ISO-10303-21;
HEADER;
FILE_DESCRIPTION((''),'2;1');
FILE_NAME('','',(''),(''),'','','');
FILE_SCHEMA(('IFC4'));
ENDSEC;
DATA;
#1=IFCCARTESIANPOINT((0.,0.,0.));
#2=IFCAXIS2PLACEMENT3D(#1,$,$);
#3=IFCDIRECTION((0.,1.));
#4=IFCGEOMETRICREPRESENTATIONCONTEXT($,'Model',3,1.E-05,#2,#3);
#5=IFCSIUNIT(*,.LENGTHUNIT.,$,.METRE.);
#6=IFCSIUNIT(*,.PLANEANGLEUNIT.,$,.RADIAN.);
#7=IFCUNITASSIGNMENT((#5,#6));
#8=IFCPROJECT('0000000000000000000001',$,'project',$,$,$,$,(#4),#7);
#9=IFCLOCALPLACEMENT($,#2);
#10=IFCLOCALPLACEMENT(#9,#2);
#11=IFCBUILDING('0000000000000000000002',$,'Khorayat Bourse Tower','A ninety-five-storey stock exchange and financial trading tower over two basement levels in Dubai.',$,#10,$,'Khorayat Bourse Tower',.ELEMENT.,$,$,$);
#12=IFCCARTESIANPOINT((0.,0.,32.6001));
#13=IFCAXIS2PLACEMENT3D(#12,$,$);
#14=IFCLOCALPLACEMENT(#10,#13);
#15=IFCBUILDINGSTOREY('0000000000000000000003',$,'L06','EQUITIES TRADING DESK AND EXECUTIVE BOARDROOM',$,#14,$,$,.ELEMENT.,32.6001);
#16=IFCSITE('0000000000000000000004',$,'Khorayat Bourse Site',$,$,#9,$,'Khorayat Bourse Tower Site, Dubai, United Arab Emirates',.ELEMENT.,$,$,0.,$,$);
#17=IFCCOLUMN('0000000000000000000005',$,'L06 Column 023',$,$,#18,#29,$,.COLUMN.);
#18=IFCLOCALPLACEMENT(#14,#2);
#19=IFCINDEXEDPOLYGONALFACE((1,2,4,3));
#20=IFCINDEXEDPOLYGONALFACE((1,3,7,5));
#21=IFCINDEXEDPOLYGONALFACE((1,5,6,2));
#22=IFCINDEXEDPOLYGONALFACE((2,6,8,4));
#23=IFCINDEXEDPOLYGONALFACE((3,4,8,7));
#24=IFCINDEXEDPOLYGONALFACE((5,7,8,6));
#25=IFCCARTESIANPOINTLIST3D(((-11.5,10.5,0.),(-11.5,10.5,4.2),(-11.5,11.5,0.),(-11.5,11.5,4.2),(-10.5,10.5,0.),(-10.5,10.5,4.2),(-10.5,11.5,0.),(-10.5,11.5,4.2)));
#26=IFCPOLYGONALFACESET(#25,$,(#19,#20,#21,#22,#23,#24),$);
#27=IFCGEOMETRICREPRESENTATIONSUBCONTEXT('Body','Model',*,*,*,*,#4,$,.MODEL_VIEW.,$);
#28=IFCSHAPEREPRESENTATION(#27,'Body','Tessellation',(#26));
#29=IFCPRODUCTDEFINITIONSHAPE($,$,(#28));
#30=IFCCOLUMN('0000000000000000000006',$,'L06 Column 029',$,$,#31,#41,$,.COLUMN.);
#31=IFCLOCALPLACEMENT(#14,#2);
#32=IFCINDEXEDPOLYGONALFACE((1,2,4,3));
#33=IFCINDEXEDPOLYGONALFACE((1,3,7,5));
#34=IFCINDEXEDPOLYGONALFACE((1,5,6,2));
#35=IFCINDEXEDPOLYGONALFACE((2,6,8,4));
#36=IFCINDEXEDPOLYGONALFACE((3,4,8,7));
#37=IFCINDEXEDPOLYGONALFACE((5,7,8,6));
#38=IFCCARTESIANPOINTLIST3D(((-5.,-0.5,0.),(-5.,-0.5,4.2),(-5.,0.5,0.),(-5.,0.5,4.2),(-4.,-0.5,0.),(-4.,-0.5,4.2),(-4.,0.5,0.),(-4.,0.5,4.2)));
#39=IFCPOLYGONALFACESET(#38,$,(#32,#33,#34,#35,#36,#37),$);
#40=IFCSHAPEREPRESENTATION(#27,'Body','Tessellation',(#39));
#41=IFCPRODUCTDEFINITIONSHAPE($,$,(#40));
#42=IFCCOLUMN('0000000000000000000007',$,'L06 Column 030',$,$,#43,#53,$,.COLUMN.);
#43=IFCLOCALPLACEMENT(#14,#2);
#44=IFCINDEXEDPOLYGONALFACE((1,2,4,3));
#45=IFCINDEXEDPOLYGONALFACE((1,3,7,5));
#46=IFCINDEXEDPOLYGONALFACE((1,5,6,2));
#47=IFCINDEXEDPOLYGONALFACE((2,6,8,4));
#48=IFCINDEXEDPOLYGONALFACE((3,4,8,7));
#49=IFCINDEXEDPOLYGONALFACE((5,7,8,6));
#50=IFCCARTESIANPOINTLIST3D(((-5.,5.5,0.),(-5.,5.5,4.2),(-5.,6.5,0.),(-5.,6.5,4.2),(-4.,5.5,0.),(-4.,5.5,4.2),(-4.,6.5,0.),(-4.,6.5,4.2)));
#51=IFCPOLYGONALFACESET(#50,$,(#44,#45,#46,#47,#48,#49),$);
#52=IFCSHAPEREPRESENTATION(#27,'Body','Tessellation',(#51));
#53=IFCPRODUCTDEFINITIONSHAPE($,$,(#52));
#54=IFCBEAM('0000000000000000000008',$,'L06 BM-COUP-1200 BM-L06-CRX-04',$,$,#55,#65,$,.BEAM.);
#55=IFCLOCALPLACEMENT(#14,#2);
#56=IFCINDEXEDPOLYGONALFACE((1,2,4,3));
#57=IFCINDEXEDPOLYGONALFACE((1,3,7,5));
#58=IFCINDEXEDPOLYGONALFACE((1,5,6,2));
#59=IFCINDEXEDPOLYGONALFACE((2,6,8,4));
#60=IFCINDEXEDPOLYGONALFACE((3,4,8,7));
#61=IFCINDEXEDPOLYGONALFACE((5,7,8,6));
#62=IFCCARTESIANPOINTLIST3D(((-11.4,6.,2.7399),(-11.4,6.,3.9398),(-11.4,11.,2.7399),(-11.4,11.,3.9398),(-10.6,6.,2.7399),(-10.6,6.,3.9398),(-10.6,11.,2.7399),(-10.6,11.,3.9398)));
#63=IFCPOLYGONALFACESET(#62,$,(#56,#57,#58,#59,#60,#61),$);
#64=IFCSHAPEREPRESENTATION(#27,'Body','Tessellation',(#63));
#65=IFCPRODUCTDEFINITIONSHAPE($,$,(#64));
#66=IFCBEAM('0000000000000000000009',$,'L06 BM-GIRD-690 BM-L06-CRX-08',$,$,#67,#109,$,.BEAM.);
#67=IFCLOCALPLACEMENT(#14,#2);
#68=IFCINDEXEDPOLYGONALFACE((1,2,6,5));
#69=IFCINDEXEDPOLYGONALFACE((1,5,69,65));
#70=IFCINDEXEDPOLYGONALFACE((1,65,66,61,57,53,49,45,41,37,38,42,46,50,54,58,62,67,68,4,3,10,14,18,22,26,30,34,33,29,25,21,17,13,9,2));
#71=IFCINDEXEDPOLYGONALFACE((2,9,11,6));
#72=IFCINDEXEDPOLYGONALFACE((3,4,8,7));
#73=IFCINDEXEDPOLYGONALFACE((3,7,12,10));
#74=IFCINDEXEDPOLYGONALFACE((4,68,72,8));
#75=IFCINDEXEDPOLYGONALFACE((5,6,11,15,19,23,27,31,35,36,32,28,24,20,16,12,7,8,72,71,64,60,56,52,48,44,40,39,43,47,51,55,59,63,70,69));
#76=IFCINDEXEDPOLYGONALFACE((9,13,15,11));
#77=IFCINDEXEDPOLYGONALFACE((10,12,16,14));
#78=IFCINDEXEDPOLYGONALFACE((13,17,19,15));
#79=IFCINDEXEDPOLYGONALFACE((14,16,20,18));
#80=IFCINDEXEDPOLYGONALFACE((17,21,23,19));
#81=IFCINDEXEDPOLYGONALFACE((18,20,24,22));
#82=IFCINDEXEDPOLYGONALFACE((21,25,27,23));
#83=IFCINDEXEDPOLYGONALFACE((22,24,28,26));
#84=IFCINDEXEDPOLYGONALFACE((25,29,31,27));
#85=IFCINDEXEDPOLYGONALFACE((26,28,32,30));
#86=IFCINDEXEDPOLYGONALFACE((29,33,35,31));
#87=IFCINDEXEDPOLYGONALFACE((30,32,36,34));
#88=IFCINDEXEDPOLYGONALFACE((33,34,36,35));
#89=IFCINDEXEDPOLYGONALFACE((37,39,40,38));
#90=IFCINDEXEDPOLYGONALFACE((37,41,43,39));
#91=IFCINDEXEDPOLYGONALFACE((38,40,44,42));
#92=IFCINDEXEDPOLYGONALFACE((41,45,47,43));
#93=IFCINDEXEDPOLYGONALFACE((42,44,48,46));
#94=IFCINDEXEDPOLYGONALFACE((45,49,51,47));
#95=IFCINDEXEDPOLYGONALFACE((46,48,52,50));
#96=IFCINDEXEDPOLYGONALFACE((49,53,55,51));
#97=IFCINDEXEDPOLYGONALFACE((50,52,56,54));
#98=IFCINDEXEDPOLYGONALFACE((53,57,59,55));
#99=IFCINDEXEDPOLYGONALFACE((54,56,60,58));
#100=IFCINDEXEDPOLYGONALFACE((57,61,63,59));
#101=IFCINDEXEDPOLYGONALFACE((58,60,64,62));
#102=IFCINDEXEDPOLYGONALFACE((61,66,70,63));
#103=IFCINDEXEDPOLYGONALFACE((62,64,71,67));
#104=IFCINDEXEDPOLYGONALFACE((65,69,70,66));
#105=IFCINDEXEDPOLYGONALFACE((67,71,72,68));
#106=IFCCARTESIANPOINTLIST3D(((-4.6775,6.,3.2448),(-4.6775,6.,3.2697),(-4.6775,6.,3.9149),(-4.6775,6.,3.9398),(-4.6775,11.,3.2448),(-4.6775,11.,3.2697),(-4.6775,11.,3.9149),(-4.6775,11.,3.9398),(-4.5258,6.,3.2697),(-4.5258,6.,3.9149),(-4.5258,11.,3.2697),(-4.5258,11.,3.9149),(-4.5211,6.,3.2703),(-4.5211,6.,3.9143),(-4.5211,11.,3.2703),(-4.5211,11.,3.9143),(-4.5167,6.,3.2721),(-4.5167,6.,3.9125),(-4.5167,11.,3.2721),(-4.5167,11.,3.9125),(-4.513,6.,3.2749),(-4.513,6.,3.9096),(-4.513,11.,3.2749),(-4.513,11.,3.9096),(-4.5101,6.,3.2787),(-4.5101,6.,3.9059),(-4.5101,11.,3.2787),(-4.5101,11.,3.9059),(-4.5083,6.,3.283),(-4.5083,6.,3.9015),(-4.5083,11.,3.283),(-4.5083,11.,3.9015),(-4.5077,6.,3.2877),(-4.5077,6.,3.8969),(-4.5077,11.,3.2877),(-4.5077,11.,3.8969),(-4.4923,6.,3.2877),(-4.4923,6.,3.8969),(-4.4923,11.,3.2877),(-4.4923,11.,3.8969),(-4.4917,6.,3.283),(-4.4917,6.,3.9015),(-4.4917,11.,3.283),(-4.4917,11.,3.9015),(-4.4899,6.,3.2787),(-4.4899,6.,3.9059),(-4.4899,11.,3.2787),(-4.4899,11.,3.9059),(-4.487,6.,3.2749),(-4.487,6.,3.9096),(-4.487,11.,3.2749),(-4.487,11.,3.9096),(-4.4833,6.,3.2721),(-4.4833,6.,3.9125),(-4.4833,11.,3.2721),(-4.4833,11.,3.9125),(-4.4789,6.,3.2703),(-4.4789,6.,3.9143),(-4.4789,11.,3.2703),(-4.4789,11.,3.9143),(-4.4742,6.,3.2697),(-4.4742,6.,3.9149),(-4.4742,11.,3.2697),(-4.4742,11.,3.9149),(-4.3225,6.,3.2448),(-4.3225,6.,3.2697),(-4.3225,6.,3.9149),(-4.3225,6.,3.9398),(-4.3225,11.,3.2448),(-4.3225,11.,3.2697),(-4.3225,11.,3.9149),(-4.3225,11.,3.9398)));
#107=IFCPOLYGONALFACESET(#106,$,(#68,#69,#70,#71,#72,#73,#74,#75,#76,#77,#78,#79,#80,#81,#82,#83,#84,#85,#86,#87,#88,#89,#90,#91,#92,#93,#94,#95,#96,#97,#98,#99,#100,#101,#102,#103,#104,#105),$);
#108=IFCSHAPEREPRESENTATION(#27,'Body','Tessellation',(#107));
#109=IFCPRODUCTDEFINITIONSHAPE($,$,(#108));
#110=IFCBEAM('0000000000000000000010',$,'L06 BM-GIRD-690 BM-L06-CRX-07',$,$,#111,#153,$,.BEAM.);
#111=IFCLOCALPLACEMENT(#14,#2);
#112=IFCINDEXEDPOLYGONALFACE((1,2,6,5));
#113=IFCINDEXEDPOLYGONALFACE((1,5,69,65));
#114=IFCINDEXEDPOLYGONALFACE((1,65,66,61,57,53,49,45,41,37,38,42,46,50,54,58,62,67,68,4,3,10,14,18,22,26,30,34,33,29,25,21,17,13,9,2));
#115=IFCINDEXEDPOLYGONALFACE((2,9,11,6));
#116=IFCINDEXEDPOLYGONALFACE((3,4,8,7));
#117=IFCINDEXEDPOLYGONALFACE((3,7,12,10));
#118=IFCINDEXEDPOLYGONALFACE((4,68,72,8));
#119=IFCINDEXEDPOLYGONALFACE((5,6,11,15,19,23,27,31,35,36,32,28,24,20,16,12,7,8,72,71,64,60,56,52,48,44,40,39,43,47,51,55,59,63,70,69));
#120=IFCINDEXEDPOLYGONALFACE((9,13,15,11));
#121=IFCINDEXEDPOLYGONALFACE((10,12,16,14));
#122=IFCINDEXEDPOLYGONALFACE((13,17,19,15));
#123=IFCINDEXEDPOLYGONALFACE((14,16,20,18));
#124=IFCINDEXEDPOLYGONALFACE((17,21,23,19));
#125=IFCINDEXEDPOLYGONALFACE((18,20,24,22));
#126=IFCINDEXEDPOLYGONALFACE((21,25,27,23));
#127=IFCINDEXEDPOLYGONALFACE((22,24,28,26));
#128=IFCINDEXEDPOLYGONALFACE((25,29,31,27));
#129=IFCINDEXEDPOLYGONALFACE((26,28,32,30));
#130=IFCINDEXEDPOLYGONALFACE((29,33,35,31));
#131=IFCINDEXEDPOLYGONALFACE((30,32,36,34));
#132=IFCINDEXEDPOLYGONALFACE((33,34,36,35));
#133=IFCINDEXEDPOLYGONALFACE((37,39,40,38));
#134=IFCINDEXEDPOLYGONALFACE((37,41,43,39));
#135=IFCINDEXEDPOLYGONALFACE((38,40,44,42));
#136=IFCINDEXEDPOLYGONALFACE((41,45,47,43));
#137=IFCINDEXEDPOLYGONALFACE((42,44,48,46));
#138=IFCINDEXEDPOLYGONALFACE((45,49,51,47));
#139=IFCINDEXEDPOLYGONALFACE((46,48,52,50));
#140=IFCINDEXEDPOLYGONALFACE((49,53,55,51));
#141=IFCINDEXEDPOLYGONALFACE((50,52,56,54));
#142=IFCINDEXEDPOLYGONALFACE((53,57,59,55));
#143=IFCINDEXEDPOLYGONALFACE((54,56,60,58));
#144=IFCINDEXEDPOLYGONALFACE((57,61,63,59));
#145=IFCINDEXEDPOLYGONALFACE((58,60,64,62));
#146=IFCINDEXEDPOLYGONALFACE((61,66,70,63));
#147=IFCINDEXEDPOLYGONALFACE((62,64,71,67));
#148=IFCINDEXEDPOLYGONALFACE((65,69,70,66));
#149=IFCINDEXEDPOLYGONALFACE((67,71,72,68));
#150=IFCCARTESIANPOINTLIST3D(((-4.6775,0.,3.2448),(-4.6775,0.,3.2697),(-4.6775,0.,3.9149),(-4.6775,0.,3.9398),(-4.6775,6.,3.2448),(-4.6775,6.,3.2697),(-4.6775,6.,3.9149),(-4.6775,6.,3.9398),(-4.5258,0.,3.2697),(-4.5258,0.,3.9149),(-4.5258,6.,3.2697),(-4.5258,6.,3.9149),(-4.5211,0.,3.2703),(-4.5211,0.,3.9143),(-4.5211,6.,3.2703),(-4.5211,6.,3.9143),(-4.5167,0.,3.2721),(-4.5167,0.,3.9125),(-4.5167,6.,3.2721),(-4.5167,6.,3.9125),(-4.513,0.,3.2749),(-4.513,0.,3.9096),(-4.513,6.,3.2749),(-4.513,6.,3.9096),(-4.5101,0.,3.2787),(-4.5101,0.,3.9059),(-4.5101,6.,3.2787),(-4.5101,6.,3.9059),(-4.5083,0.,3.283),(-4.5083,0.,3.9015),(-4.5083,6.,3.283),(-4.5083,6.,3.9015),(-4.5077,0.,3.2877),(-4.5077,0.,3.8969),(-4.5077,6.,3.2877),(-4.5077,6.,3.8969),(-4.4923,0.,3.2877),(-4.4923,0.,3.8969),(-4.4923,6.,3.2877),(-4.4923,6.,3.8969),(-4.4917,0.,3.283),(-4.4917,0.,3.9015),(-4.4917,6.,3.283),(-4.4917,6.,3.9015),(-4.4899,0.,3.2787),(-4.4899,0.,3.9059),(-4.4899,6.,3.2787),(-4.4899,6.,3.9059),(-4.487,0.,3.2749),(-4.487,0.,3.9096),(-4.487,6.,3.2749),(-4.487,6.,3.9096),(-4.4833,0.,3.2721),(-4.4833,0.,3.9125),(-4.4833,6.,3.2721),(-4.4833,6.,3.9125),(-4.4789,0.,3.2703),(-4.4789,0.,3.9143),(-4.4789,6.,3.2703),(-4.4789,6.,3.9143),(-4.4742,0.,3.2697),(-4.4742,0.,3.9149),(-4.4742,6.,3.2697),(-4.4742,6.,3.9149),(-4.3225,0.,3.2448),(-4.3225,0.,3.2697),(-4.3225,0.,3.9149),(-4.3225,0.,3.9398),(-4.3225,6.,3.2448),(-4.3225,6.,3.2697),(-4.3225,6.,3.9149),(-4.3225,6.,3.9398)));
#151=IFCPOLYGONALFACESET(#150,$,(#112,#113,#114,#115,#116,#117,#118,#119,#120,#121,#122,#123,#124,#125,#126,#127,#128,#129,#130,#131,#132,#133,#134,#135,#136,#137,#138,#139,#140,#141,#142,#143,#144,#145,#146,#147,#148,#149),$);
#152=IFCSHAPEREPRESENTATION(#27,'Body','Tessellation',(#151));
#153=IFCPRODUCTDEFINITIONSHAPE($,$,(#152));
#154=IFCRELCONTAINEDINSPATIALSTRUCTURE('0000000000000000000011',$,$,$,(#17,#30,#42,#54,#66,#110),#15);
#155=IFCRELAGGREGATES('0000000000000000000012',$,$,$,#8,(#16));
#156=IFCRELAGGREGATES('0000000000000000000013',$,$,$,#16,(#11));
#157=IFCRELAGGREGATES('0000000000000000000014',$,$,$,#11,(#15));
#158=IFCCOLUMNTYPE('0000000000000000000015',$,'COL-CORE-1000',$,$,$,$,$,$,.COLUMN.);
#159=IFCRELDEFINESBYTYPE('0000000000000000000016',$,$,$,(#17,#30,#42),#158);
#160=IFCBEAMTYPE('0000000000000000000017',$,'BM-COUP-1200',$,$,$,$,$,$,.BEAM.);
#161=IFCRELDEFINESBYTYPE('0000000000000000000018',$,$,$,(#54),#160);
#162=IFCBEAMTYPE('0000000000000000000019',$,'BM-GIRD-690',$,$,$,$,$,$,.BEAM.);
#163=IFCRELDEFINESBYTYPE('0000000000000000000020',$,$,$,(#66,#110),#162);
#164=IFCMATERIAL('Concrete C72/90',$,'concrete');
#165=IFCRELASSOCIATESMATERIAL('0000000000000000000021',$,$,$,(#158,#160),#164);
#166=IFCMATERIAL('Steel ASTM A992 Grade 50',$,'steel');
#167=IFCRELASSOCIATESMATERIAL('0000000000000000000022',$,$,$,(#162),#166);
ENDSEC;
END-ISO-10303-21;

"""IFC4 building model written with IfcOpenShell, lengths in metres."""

from ifc_helpers import new_model, si_unit, direction, frame, origin, origin_2d, place, context, subcontext, project, spatial, rectangle, i_section, extrude, source, transform, mapped, material, material_profile, profile_set, type_object, element, save


model = new_model("IFC4")

# Units and contexts
model_context = context("Model", 3, precision=1e-05, world=origin(), true_north=direction((0.0, 1.0)))
body_context = subcontext(model_context, "Body", "Model", "MODEL_VIEW")
ifc_project = project(units=[si_unit("LENGTHUNIT", "METRE"), si_unit("PLANEANGLEUNIT", "RADIAN")], contexts=[model_context])

# Site, building, storey
site_placement = place(None, origin())
site = spatial("IfcSite", under=ifc_project, at=site_placement, Name="Khorayat Bourse Site", LongName="Khorayat Bourse Tower Site, Dubai, United Arab Emirates", CompositionType="ELEMENT", RefElevation=0.0)
building_placement = place(site_placement, origin())
building = spatial("IfcBuilding", under=site, at=building_placement, Name="Khorayat Bourse Tower", Description="A ninety-five-storey stock exchange and financial trading tower over two basement levels in Dubai.", LongName="Khorayat Bourse Tower", CompositionType="ELEMENT")
storey_placement = place(building_placement, frame((0.0, 0.0, 32.6001)))
storey = spatial("IfcBuildingStorey", under=building, at=storey_placement, Name="L06", Description="EQUITIES TRADING DESK AND EXECUTIVE BOARDROOM", CompositionType="ELEMENT", Elevation=32.6001)

# Columns
ifc_material_1 = material(Name="Concrete C72/90", Category="concrete")
ifc_material_profile_1 = material_profile(ifc_material_1, rectangle(XDim=1.0, YDim=1.0, at=origin_2d()), Name="RC 1000x1000")
ifc_profile_set_1 = profile_set([ifc_material_profile_1], Name="Concrete C72/90")
column_type = type_object("IfcColumnType", Name="COL-CORE-1000", PredefinedType="COLUMN", material=ifc_profile_set_1)
shared_shape_1 = source(origin(), body_context, "Body", "SweptSolid", [
    extrude(rectangle(XDim=1.0, YDim=1.0, at=origin_2d()), origin(), (0.0, 0.0, 1.0), 4.2),
])
for number, where, z_axis, x_axis, name in (
    (1, (-11.0, 11.0, 0.0), (0.0, 0.0, 1.0), (1.0, 0.0, 0.0), "L06 Column 023"),
    (2, (-4.5, 0.0, 0.0), (0.0, 0.0, 1.0), (1.0, 0.0, 0.0), "L06 Column 029"),
    (3, (-4.5, 6.0, 0.0), (0.0, 0.0, 1.0), (1.0, 0.0, 0.0), "L06 Column 030"),
):
    element("IfcColumn", number, at=place(storey_placement, frame(where, z_axis=z_axis, x_axis=x_axis)), inside=storey, type_object=column_type, Name=name, PredefinedType="COLUMN", context=body_context, shape_type="MappedRepresentation", body=[
        mapped(shared_shape_1, transform((0.0, 0.0, 0.0), scale=1.0)),
    ])

# Beams
ifc_material_profile_2 = material_profile(ifc_material_1, rectangle(XDim=0.8, YDim=1.2, at=origin_2d()), Name="RC 800x1200")
ifc_profile_set_2 = profile_set([ifc_material_profile_2], Name="Concrete C72/90")
beam_type_1 = type_object("IfcBeamType", Name="BM-COUP-1200", PredefinedType="BEAM", material=ifc_profile_set_2)
shared_shape_2 = source(origin(), body_context, "Body", "SweptSolid", [
    extrude(rectangle(XDim=0.8, YDim=1.2, at=origin_2d()), origin(), (0.0, 0.0, 1.0), 5.0),
])
beam_1_placement = place(storey_placement, frame((-11.0, 6.0, 3.3398), z_axis=(0.0, 1.0, 0.0), x_axis=(-1.0, 0.0, 0.0)))
element("IfcBeam", 4, at=beam_1_placement, inside=storey, type_object=beam_type_1, Name="L06 BM-COUP-1200 BM-L06-CRX-04", PredefinedType="BEAM", context=body_context, shape_type="MappedRepresentation", body=[
    mapped(shared_shape_2, transform((0.0, 0.0, 0.0), scale=1.0)),
])
ifc_material_2 = material(Name="Steel ASTM A992 Grade 50", Category="steel")
ifc_material_profile_3 = material_profile(ifc_material_2, i_section(OverallWidth=0.355, OverallDepth=0.6951, WebThickness=0.0154, FlangeThickness=0.0249, FilletRadius=0.0181, at=origin_2d()), Name="W690X217")
ifc_profile_set_3 = profile_set([ifc_material_profile_3], Name="Steel ASTM A992 Grade 50")
beam_type_2 = type_object("IfcBeamType", Name="BM-GIRD-690", PredefinedType="BEAM", material=ifc_profile_set_3)
shared_shape_3 = source(origin(), body_context, "Body", "SweptSolid", [
    extrude(i_section(OverallWidth=0.355, OverallDepth=0.6951, WebThickness=0.0154, FlangeThickness=0.0249, FilletRadius=0.0181, at=origin_2d()), origin(), (0.0, 0.0, 1.0), 5.0),
])
beam_2_placement = place(storey_placement, frame((-4.5, 6.0, 3.5923), z_axis=(0.0, 1.0, 0.0), x_axis=(-1.0, 0.0, 0.0)))
element("IfcBeam", 5, at=beam_2_placement, inside=storey, type_object=beam_type_2, Name="L06 BM-GIRD-690 BM-L06-CRX-08", PredefinedType="BEAM", context=body_context, shape_type="MappedRepresentation", body=[
    mapped(shared_shape_3, transform((0.0, 0.0, 0.0), scale=1.0)),
])
shared_shape_4 = source(origin(), body_context, "Body", "SweptSolid", [
    extrude(i_section(OverallWidth=0.355, OverallDepth=0.6951, WebThickness=0.0154, FlangeThickness=0.0249, FilletRadius=0.0181, at=origin_2d()), origin(), (0.0, 0.0, 1.0), 6.0),
])
beam_3_placement = place(storey_placement, frame((-4.5, 0.0, 3.5923), z_axis=(0.0, 1.0, 0.0), x_axis=(-1.0, 0.0, 0.0)))
element("IfcBeam", 6, at=beam_3_placement, inside=storey, type_object=beam_type_2, Name="L06 BM-GIRD-690 BM-L06-CRX-07", PredefinedType="BEAM", context=body_context, shape_type="MappedRepresentation", body=[
    mapped(shared_shape_4, transform((0.0, 0.0, 0.0), scale=1.0)),
])

save(model, "model.ifc")
